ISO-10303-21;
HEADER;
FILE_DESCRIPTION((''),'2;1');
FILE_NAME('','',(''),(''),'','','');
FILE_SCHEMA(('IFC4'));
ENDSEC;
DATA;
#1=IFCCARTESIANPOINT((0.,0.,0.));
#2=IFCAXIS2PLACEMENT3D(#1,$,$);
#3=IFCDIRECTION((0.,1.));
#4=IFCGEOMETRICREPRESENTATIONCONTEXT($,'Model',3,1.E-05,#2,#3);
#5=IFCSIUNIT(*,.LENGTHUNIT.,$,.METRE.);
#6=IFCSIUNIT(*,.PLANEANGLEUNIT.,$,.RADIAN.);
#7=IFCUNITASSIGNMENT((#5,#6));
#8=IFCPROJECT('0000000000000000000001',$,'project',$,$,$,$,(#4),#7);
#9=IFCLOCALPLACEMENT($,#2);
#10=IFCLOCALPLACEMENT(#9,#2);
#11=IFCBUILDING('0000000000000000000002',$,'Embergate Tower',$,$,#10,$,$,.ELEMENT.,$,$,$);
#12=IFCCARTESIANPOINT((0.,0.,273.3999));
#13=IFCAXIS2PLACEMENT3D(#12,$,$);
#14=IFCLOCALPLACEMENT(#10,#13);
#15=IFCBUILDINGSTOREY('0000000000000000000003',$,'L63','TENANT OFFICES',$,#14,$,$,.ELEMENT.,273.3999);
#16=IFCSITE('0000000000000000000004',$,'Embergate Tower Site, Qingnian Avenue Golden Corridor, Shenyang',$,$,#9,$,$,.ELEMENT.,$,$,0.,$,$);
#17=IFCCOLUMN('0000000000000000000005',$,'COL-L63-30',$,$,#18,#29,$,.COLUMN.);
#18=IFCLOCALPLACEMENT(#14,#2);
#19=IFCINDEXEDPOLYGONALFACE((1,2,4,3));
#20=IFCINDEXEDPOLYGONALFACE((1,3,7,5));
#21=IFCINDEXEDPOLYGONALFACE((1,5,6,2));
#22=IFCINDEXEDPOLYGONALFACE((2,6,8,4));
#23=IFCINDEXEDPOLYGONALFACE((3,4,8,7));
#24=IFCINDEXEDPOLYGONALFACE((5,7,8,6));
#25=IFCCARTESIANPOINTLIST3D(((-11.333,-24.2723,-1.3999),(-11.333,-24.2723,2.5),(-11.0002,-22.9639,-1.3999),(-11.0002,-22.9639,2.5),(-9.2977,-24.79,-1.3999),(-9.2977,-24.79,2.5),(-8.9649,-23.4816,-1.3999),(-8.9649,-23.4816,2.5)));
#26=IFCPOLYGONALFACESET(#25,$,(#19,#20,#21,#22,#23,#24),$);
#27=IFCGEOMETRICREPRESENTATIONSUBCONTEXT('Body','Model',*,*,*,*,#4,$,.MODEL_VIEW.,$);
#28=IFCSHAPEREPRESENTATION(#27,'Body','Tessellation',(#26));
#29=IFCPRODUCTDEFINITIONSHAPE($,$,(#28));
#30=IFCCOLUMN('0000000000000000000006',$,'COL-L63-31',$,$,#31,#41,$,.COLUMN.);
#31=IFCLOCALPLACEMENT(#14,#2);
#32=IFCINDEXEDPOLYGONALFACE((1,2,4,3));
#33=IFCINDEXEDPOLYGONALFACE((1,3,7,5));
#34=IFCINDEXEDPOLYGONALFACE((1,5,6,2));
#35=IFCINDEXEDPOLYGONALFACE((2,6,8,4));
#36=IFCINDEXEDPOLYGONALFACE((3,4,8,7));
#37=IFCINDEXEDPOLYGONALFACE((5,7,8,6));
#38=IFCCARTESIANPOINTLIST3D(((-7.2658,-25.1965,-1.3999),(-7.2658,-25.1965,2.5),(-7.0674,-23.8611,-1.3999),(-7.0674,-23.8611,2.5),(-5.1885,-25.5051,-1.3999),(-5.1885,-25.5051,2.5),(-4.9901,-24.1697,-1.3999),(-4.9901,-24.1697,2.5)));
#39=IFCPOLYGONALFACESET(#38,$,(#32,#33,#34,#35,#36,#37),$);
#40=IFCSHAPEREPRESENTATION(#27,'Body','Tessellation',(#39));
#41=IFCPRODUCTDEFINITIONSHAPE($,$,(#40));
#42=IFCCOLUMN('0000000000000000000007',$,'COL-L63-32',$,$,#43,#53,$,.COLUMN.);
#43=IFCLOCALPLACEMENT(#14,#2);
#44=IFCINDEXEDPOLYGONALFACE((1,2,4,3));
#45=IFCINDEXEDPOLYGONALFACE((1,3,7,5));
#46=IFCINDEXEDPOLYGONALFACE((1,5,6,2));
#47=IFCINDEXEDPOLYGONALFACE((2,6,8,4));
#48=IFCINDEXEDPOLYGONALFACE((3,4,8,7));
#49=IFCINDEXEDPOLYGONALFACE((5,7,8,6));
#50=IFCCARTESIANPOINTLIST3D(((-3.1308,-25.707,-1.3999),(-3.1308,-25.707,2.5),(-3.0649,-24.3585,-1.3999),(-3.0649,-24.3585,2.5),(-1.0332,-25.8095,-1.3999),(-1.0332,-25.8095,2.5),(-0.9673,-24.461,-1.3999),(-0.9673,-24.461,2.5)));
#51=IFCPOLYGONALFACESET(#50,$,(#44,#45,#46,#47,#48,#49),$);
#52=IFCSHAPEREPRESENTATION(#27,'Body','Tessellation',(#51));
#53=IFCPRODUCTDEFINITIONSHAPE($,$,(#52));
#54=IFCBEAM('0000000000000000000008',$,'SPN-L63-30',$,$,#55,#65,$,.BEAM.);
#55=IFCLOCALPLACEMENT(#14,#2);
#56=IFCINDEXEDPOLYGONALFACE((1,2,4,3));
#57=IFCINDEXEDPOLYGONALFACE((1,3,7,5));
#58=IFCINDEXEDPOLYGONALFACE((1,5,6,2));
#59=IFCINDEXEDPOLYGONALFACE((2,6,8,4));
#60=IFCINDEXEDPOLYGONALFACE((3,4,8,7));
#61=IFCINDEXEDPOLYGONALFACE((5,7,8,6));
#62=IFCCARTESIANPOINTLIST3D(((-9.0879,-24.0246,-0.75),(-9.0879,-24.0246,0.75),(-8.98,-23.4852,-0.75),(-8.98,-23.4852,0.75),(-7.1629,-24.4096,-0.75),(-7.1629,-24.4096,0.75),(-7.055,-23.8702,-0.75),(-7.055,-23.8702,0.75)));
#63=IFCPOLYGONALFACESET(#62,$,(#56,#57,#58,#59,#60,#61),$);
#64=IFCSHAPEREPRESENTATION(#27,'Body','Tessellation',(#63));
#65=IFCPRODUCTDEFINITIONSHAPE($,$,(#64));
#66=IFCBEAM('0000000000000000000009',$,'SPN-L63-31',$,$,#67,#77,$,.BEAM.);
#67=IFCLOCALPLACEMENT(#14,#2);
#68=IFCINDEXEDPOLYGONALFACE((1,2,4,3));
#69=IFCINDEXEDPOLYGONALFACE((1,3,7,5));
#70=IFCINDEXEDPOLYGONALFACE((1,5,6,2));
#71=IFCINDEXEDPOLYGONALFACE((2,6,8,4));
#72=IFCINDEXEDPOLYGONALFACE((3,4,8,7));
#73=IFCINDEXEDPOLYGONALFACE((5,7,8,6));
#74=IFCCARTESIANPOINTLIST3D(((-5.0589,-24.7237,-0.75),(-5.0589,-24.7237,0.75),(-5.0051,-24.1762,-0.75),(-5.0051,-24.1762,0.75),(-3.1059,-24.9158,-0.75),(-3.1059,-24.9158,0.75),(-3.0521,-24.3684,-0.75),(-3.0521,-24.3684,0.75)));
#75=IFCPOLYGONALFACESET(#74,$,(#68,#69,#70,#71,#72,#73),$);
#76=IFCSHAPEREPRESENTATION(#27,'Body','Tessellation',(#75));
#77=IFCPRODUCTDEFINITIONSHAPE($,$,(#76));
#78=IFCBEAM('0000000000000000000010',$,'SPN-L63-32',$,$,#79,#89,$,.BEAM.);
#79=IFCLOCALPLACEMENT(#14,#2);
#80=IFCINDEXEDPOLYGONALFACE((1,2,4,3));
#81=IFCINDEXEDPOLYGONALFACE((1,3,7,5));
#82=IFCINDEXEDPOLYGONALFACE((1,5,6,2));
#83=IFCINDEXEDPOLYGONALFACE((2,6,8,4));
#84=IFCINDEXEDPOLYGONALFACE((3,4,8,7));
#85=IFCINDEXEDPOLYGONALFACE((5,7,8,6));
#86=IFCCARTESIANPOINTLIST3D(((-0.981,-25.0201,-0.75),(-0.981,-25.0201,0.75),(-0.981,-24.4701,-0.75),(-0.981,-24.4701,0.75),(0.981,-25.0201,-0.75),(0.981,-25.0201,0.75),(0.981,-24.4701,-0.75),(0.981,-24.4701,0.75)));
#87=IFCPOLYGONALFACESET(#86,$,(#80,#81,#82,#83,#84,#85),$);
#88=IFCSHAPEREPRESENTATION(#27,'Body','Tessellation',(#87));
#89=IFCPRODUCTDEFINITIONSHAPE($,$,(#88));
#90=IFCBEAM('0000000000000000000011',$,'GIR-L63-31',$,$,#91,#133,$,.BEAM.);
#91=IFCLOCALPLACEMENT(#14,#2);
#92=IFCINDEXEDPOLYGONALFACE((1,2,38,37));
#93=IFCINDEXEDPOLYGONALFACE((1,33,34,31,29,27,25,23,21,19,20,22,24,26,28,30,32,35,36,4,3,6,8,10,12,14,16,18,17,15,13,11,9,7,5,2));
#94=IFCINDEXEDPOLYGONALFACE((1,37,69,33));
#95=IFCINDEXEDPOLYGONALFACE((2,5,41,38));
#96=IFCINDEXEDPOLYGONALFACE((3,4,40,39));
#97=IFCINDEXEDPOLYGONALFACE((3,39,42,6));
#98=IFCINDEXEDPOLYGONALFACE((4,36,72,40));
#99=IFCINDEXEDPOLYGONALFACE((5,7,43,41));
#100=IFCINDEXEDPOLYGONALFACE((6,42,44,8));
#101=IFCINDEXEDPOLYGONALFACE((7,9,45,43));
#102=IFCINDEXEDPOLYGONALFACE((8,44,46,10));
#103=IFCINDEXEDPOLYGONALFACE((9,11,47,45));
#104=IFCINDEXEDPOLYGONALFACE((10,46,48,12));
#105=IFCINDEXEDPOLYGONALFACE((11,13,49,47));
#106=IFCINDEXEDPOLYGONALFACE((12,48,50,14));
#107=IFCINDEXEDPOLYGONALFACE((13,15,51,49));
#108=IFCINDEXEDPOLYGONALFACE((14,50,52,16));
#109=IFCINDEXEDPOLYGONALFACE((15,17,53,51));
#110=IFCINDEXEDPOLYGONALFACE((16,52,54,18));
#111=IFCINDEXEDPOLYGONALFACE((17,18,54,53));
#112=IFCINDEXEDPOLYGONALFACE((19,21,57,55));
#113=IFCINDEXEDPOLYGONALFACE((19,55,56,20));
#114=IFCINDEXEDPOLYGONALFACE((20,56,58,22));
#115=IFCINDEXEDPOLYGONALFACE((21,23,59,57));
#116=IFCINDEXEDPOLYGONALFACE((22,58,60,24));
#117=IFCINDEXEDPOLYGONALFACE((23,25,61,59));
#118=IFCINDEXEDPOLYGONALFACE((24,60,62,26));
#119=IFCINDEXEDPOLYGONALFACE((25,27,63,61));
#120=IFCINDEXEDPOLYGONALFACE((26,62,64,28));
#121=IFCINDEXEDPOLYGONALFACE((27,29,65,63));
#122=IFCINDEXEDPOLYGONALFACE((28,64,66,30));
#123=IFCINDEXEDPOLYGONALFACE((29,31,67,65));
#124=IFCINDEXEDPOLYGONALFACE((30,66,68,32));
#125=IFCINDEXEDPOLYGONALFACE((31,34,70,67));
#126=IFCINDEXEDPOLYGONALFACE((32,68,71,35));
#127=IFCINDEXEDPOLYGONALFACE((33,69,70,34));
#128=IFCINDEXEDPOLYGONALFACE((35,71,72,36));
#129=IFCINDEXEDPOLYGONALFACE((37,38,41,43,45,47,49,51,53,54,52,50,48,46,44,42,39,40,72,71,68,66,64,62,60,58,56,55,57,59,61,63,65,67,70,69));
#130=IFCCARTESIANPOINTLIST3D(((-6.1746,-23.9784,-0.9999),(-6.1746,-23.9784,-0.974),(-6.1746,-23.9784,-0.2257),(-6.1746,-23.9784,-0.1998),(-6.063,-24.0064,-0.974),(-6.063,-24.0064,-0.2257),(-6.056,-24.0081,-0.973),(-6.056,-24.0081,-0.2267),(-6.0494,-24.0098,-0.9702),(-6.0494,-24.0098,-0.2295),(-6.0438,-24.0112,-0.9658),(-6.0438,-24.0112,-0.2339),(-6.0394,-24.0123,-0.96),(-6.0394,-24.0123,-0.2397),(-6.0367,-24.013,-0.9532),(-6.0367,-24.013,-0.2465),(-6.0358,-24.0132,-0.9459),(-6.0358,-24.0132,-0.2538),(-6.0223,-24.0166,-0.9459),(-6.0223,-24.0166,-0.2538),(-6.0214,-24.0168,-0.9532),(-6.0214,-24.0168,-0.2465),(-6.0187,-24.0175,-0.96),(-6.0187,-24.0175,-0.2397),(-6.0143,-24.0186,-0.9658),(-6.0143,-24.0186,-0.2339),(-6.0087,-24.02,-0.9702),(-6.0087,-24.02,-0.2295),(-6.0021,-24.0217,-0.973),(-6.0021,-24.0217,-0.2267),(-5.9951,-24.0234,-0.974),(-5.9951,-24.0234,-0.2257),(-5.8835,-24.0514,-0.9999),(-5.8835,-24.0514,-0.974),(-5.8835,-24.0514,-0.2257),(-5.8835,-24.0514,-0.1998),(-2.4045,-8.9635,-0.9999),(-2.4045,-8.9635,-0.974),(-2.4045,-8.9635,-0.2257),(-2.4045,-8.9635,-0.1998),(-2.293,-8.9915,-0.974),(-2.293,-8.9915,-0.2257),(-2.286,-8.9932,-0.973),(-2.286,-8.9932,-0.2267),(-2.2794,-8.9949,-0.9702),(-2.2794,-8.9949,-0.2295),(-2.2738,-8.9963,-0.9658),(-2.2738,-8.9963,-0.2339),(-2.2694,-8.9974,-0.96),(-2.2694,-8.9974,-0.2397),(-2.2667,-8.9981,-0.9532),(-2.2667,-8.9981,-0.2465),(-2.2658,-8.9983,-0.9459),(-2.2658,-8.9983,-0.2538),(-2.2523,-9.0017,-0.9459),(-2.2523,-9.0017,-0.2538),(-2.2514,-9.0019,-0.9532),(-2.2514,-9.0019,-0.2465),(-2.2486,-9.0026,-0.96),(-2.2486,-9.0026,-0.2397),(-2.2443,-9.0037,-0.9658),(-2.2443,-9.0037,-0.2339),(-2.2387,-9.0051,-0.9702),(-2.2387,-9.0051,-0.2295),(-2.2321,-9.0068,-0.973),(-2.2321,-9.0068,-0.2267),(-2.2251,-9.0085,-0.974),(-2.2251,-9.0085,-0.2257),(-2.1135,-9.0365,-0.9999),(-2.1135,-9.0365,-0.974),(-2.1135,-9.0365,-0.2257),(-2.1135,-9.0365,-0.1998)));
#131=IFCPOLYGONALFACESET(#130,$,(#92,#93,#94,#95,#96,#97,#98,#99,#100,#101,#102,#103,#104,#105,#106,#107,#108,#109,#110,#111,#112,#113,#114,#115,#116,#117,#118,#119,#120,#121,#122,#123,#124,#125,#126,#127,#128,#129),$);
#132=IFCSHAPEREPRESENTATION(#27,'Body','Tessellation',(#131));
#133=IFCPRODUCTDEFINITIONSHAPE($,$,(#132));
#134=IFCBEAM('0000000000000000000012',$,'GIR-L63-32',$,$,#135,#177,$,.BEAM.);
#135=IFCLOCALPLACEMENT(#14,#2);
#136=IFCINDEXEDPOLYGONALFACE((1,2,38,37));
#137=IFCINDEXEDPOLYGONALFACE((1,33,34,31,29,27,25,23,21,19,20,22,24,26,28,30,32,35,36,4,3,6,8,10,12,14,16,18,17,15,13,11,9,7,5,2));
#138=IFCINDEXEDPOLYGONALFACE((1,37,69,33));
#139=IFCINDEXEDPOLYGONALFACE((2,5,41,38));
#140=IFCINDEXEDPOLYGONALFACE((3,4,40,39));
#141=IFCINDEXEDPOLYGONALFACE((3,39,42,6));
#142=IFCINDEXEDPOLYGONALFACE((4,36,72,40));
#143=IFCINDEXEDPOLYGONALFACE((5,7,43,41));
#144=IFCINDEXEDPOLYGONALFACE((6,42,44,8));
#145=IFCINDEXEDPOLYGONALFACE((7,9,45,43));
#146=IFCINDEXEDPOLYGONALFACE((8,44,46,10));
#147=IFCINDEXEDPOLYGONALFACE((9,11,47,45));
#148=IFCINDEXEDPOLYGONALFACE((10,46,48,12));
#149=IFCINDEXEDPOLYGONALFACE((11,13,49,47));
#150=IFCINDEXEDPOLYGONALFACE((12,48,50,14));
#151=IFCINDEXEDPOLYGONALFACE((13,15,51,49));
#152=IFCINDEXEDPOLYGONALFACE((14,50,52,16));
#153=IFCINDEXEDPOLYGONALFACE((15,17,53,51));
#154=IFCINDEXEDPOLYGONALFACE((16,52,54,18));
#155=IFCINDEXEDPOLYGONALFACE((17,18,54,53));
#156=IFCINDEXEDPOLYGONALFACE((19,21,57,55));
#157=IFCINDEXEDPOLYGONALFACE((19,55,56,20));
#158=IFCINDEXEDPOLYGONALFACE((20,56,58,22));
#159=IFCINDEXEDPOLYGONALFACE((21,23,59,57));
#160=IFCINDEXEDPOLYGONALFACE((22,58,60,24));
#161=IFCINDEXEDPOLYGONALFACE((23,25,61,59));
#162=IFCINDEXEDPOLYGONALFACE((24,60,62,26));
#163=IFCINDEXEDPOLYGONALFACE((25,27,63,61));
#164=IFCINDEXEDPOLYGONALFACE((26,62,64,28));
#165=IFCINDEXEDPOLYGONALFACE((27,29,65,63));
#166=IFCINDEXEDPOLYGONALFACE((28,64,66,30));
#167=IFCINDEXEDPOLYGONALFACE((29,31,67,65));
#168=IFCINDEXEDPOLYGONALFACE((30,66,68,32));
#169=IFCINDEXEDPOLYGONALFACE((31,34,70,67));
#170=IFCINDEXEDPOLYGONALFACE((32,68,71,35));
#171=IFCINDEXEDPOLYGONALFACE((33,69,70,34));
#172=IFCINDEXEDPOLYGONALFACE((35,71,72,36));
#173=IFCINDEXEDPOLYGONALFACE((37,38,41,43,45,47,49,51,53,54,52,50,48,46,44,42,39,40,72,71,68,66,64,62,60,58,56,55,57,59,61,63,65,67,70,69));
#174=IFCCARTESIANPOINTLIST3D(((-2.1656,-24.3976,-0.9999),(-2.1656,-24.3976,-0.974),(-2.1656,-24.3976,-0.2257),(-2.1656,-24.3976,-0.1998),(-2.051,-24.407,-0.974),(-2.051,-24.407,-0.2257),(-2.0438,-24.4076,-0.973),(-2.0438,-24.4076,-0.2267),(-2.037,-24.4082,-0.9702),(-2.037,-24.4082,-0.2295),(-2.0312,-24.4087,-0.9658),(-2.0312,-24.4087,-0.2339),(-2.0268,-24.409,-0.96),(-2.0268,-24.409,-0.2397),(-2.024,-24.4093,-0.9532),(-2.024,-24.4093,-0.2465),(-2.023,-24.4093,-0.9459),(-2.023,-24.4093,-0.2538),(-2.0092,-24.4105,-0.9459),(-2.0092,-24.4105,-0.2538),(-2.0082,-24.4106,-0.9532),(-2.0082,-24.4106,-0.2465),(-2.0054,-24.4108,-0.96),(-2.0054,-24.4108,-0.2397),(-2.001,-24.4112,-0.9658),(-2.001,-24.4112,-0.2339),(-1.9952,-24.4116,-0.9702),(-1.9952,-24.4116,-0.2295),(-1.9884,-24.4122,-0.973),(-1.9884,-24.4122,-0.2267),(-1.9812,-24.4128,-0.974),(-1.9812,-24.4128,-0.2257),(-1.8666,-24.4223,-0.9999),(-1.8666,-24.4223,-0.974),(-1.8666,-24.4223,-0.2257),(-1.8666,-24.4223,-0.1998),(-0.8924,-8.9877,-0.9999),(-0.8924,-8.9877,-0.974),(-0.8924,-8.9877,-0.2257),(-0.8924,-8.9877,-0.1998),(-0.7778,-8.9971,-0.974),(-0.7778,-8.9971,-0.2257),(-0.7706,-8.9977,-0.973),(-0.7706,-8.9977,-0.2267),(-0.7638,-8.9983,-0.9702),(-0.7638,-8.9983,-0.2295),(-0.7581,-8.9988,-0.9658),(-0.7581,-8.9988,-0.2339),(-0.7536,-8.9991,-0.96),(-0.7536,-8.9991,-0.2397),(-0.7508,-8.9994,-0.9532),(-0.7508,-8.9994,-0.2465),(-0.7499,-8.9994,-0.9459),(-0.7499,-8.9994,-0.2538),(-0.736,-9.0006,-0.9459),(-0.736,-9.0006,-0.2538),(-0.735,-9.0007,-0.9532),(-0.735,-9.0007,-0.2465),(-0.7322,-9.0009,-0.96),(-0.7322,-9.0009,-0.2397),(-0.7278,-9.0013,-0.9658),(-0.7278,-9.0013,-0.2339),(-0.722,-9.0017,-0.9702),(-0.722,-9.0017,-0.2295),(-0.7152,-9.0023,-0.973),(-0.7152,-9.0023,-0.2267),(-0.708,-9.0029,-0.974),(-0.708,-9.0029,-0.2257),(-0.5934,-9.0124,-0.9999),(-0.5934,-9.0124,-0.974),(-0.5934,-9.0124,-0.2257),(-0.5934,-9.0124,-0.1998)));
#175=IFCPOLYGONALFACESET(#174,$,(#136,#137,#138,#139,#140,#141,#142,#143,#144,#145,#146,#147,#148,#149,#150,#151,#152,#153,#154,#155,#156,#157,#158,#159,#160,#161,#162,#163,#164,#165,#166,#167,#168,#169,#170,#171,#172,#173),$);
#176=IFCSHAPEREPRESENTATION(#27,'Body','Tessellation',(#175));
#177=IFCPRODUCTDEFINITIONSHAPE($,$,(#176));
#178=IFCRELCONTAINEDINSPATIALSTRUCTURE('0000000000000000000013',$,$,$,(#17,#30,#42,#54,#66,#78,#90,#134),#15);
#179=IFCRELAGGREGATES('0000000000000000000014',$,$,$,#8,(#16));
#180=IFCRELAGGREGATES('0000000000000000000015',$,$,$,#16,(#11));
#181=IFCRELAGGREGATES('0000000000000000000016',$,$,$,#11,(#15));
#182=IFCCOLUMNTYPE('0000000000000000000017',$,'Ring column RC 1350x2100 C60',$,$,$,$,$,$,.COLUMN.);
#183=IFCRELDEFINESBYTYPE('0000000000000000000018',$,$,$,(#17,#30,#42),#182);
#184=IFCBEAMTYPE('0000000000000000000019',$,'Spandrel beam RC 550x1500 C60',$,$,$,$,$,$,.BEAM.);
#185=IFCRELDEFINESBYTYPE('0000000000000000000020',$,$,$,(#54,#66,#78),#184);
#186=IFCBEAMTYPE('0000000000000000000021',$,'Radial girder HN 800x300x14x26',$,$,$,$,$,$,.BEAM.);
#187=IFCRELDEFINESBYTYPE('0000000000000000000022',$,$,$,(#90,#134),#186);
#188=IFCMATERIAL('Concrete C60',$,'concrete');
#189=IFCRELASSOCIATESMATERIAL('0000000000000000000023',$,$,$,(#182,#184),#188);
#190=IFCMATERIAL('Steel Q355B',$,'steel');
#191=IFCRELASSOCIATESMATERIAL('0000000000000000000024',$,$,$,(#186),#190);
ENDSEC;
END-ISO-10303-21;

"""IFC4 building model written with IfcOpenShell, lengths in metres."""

from ifc_helpers import new_model, si_unit, direction, frame, origin, origin_2d, place, context, subcontext, project, spatial, rectangle, i_section, extrude, source, transform, mapped, material, material_profile, profile_set, type_object, element, save


model = new_model("IFC4")

# Units and contexts
model_context = context("Model", 3, precision=1e-05, world=origin(), true_north=direction((0.0, 1.0)))
body_context = subcontext(model_context, "Body", "Model", "MODEL_VIEW")
ifc_project = project(units=[si_unit("LENGTHUNIT", "METRE"), si_unit("PLANEANGLEUNIT", "RADIAN")], contexts=[model_context])

# Site, building, storey
site_placement = place(None, origin())
site = spatial("IfcSite", under=ifc_project, at=site_placement, Name="Embergate Tower Site, Qingnian Avenue Golden Corridor, Shenyang", CompositionType="ELEMENT", RefElevation=0.0)
building_placement = place(site_placement, origin())
building = spatial("IfcBuilding", under=site, at=building_placement, Name="Embergate Tower", CompositionType="ELEMENT")
storey_placement = place(building_placement, frame((0.0, 0.0, 273.3999)))
storey = spatial("IfcBuildingStorey", under=building, at=storey_placement, Name="L63", Description="TENANT OFFICES", CompositionType="ELEMENT", Elevation=273.3999)

# Columns
ifc_material_1 = material(Name="Concrete C60", Category="concrete")
ifc_material_profile_1 = material_profile(ifc_material_1, rectangle(XDim=1.3501, YDim=2.1001, at=origin_2d()), Name="RC 1350x2100")
ifc_profile_set_1 = profile_set([ifc_material_profile_1], Name="Concrete C60")
column_type = type_object("IfcColumnType", Name="Ring column RC 1350x2100 C60", PredefinedType="COLUMN", material=ifc_profile_set_1)
shared_shape_1 = source(origin(), body_context, "Body", "SweptSolid", [
    extrude(rectangle(XDim=1.3501, YDim=2.1001, at=origin_2d()), origin(), (0.0, 0.0, 1.0), 3.8999),
])
for number, where, z_axis, x_axis, name in (
    (1, (-10.1489, -23.877, -1.3999), (0.0, 0.0, 1.0), (-0.246492, -0.969145, 0.0), "COL-L63-30"),
    (2, (-6.1279, -24.6831, -1.3999), (0.0, 0.0, 1.0), (-0.146929, -0.989147, 0.0), "COL-L63-31"),
    (3, (-2.0491, -25.084, -1.3999), (0.0, 0.0, 1.0), (-0.048815, -0.998808, 0.0), "COL-L63-32"),
):
    element("IfcColumn", number, at=place(storey_placement, frame(where, z_axis=z_axis, x_axis=x_axis)), inside=storey, type_object=column_type, Name=name, PredefinedType="COLUMN", context=body_context, shape_type="MappedRepresentation", body=[
        mapped(shared_shape_1, transform((0.0, 0.0, 0.0))),
    ])

# Beams
ifc_material_profile_2 = material_profile(ifc_material_1, rectangle(XDim=0.55, YDim=1.5, at=origin_2d()), Name="RC 550x1500")
ifc_profile_set_2 = profile_set([ifc_material_profile_2], Name="Concrete C60")
beam_type_1 = type_object("IfcBeamType", Name="Spandrel beam RC 550x1500 C60", PredefinedType="BEAM", material=ifc_profile_set_2)
shared_shape_2 = source(origin(), body_context, "Body", "SweptSolid", [
    extrude(rectangle(XDim=0.55, YDim=1.5, at=origin_2d()), origin(), (0.0, 0.0, 1.0), 1.9631),
])
beam_1_placement = place(storey_placement, frame((-9.0339, -23.7549, 0.0), z_axis=(0.980581, -0.196116, 0.0), x_axis=(0.196116, 0.980581, 0.0)))
element("IfcBeam", 4, at=beam_1_placement, inside=storey, type_object=beam_type_1, Name="SPN-L63-30", PredefinedType="BEAM", context=body_context, shape_type="MappedRepresentation", body=[
    mapped(shared_shape_2, transform((0.0, 0.0, 0.0))),
])
shared_shape_3 = source(origin(), body_context, "Body", "SweptSolid", [
    extrude(rectangle(XDim=0.55, YDim=1.5, at=origin_2d()), origin(), (0.0, 0.0, 1.0), 1.9624),
])
beam_2_placement = place(storey_placement, frame((-5.032, -24.45, 0.0), z_axis=(0.995195, -0.097915, 0.0), x_axis=(0.097915, 0.995195, 0.0)))
element("IfcBeam", 5, at=beam_2_placement, inside=storey, type_object=beam_type_1, Name="SPN-L63-31", PredefinedType="BEAM", context=body_context, shape_type="MappedRepresentation", body=[
    mapped(shared_shape_3, transform((0.0, 0.0, 0.0))),
])
shared_shape_4 = source(origin(), body_context, "Body", "SweptSolid", [
    extrude(rectangle(XDim=0.55, YDim=1.5, at=origin_2d()), origin(), (0.0, 0.0, 1.0), 1.9619),
])
beam_3_placement = place(storey_placement, frame((-0.981, -24.7451, 0.0), z_axis=(1.0, 0.0, 0.0), x_axis=(0.0, 1.0, 0.0)))
element("IfcBeam", 6, at=beam_3_placement, inside=storey, type_object=beam_type_1, Name="SPN-L63-32", PredefinedType="BEAM", context=body_context, shape_type="MappedRepresentation", body=[
    mapped(shared_shape_4, transform((0.0, 0.0, 0.0))),
])
ifc_material_2 = material(Name="Steel Q355B", Category="steel")
ifc_material_profile_3 = material_profile(ifc_material_2, i_section(OverallWidth=0.3, OverallDepth=0.8, WebThickness=0.0139, FlangeThickness=0.0259, FilletRadius=0.0281, at=origin_2d()), Name="HN 800x300x14x26")
ifc_profile_set_3 = profile_set([ifc_material_profile_3], Name="Steel Q355 grade B")
beam_type_2 = type_object("IfcBeamType", Name="Radial girder HN 800x300x14x26", PredefinedType="BEAM", material=ifc_profile_set_3)
shared_shape_5 = source(origin(), body_context, "Body", "SweptSolid", [
    extrude(i_section(OverallWidth=0.3, OverallDepth=0.8, WebThickness=0.0139, FlangeThickness=0.0259, FilletRadius=0.0281, at=origin_2d()), origin(), (0.0, 0.0, 1.0), 15.481),
])
beam_4_placement = place(storey_placement, frame((-6.0291, -24.0149, -0.5999), z_axis=(0.243526, 0.969894, 0.0), x_axis=(-0.969894, 0.243526, 0.0)))
element("IfcBeam", 7, at=beam_4_placement, inside=storey, type_object=beam_type_2, Name="GIR-L63-31", PredefinedType="BEAM", context=body_context, shape_type="MappedRepresentation", body=[
    mapped(shared_shape_5, transform((0.0, 0.0, 0.0))),
])
shared_shape_6 = source(origin(), body_context, "Body", "SweptSolid", [
    extrude(i_section(OverallWidth=0.3, OverallDepth=0.8, WebThickness=0.0139, FlangeThickness=0.0259, FilletRadius=0.0281, at=origin_2d()), origin(), (0.0, 0.0, 1.0), 15.4624),
])
beam_5_placement = place(storey_placement, frame((-2.0161, -24.4099, -0.5999), z_axis=(0.082341, 0.996604, 0.0), x_axis=(-0.996604, 0.082341, 0.0)))
element("IfcBeam", 8, at=beam_5_placement, inside=storey, type_object=beam_type_2, Name="GIR-L63-32", PredefinedType="BEAM", context=body_context, shape_type="MappedRepresentation", body=[
    mapped(shared_shape_6, transform((0.0, 0.0, 0.0))),
])

save(model, "model.ifc")
